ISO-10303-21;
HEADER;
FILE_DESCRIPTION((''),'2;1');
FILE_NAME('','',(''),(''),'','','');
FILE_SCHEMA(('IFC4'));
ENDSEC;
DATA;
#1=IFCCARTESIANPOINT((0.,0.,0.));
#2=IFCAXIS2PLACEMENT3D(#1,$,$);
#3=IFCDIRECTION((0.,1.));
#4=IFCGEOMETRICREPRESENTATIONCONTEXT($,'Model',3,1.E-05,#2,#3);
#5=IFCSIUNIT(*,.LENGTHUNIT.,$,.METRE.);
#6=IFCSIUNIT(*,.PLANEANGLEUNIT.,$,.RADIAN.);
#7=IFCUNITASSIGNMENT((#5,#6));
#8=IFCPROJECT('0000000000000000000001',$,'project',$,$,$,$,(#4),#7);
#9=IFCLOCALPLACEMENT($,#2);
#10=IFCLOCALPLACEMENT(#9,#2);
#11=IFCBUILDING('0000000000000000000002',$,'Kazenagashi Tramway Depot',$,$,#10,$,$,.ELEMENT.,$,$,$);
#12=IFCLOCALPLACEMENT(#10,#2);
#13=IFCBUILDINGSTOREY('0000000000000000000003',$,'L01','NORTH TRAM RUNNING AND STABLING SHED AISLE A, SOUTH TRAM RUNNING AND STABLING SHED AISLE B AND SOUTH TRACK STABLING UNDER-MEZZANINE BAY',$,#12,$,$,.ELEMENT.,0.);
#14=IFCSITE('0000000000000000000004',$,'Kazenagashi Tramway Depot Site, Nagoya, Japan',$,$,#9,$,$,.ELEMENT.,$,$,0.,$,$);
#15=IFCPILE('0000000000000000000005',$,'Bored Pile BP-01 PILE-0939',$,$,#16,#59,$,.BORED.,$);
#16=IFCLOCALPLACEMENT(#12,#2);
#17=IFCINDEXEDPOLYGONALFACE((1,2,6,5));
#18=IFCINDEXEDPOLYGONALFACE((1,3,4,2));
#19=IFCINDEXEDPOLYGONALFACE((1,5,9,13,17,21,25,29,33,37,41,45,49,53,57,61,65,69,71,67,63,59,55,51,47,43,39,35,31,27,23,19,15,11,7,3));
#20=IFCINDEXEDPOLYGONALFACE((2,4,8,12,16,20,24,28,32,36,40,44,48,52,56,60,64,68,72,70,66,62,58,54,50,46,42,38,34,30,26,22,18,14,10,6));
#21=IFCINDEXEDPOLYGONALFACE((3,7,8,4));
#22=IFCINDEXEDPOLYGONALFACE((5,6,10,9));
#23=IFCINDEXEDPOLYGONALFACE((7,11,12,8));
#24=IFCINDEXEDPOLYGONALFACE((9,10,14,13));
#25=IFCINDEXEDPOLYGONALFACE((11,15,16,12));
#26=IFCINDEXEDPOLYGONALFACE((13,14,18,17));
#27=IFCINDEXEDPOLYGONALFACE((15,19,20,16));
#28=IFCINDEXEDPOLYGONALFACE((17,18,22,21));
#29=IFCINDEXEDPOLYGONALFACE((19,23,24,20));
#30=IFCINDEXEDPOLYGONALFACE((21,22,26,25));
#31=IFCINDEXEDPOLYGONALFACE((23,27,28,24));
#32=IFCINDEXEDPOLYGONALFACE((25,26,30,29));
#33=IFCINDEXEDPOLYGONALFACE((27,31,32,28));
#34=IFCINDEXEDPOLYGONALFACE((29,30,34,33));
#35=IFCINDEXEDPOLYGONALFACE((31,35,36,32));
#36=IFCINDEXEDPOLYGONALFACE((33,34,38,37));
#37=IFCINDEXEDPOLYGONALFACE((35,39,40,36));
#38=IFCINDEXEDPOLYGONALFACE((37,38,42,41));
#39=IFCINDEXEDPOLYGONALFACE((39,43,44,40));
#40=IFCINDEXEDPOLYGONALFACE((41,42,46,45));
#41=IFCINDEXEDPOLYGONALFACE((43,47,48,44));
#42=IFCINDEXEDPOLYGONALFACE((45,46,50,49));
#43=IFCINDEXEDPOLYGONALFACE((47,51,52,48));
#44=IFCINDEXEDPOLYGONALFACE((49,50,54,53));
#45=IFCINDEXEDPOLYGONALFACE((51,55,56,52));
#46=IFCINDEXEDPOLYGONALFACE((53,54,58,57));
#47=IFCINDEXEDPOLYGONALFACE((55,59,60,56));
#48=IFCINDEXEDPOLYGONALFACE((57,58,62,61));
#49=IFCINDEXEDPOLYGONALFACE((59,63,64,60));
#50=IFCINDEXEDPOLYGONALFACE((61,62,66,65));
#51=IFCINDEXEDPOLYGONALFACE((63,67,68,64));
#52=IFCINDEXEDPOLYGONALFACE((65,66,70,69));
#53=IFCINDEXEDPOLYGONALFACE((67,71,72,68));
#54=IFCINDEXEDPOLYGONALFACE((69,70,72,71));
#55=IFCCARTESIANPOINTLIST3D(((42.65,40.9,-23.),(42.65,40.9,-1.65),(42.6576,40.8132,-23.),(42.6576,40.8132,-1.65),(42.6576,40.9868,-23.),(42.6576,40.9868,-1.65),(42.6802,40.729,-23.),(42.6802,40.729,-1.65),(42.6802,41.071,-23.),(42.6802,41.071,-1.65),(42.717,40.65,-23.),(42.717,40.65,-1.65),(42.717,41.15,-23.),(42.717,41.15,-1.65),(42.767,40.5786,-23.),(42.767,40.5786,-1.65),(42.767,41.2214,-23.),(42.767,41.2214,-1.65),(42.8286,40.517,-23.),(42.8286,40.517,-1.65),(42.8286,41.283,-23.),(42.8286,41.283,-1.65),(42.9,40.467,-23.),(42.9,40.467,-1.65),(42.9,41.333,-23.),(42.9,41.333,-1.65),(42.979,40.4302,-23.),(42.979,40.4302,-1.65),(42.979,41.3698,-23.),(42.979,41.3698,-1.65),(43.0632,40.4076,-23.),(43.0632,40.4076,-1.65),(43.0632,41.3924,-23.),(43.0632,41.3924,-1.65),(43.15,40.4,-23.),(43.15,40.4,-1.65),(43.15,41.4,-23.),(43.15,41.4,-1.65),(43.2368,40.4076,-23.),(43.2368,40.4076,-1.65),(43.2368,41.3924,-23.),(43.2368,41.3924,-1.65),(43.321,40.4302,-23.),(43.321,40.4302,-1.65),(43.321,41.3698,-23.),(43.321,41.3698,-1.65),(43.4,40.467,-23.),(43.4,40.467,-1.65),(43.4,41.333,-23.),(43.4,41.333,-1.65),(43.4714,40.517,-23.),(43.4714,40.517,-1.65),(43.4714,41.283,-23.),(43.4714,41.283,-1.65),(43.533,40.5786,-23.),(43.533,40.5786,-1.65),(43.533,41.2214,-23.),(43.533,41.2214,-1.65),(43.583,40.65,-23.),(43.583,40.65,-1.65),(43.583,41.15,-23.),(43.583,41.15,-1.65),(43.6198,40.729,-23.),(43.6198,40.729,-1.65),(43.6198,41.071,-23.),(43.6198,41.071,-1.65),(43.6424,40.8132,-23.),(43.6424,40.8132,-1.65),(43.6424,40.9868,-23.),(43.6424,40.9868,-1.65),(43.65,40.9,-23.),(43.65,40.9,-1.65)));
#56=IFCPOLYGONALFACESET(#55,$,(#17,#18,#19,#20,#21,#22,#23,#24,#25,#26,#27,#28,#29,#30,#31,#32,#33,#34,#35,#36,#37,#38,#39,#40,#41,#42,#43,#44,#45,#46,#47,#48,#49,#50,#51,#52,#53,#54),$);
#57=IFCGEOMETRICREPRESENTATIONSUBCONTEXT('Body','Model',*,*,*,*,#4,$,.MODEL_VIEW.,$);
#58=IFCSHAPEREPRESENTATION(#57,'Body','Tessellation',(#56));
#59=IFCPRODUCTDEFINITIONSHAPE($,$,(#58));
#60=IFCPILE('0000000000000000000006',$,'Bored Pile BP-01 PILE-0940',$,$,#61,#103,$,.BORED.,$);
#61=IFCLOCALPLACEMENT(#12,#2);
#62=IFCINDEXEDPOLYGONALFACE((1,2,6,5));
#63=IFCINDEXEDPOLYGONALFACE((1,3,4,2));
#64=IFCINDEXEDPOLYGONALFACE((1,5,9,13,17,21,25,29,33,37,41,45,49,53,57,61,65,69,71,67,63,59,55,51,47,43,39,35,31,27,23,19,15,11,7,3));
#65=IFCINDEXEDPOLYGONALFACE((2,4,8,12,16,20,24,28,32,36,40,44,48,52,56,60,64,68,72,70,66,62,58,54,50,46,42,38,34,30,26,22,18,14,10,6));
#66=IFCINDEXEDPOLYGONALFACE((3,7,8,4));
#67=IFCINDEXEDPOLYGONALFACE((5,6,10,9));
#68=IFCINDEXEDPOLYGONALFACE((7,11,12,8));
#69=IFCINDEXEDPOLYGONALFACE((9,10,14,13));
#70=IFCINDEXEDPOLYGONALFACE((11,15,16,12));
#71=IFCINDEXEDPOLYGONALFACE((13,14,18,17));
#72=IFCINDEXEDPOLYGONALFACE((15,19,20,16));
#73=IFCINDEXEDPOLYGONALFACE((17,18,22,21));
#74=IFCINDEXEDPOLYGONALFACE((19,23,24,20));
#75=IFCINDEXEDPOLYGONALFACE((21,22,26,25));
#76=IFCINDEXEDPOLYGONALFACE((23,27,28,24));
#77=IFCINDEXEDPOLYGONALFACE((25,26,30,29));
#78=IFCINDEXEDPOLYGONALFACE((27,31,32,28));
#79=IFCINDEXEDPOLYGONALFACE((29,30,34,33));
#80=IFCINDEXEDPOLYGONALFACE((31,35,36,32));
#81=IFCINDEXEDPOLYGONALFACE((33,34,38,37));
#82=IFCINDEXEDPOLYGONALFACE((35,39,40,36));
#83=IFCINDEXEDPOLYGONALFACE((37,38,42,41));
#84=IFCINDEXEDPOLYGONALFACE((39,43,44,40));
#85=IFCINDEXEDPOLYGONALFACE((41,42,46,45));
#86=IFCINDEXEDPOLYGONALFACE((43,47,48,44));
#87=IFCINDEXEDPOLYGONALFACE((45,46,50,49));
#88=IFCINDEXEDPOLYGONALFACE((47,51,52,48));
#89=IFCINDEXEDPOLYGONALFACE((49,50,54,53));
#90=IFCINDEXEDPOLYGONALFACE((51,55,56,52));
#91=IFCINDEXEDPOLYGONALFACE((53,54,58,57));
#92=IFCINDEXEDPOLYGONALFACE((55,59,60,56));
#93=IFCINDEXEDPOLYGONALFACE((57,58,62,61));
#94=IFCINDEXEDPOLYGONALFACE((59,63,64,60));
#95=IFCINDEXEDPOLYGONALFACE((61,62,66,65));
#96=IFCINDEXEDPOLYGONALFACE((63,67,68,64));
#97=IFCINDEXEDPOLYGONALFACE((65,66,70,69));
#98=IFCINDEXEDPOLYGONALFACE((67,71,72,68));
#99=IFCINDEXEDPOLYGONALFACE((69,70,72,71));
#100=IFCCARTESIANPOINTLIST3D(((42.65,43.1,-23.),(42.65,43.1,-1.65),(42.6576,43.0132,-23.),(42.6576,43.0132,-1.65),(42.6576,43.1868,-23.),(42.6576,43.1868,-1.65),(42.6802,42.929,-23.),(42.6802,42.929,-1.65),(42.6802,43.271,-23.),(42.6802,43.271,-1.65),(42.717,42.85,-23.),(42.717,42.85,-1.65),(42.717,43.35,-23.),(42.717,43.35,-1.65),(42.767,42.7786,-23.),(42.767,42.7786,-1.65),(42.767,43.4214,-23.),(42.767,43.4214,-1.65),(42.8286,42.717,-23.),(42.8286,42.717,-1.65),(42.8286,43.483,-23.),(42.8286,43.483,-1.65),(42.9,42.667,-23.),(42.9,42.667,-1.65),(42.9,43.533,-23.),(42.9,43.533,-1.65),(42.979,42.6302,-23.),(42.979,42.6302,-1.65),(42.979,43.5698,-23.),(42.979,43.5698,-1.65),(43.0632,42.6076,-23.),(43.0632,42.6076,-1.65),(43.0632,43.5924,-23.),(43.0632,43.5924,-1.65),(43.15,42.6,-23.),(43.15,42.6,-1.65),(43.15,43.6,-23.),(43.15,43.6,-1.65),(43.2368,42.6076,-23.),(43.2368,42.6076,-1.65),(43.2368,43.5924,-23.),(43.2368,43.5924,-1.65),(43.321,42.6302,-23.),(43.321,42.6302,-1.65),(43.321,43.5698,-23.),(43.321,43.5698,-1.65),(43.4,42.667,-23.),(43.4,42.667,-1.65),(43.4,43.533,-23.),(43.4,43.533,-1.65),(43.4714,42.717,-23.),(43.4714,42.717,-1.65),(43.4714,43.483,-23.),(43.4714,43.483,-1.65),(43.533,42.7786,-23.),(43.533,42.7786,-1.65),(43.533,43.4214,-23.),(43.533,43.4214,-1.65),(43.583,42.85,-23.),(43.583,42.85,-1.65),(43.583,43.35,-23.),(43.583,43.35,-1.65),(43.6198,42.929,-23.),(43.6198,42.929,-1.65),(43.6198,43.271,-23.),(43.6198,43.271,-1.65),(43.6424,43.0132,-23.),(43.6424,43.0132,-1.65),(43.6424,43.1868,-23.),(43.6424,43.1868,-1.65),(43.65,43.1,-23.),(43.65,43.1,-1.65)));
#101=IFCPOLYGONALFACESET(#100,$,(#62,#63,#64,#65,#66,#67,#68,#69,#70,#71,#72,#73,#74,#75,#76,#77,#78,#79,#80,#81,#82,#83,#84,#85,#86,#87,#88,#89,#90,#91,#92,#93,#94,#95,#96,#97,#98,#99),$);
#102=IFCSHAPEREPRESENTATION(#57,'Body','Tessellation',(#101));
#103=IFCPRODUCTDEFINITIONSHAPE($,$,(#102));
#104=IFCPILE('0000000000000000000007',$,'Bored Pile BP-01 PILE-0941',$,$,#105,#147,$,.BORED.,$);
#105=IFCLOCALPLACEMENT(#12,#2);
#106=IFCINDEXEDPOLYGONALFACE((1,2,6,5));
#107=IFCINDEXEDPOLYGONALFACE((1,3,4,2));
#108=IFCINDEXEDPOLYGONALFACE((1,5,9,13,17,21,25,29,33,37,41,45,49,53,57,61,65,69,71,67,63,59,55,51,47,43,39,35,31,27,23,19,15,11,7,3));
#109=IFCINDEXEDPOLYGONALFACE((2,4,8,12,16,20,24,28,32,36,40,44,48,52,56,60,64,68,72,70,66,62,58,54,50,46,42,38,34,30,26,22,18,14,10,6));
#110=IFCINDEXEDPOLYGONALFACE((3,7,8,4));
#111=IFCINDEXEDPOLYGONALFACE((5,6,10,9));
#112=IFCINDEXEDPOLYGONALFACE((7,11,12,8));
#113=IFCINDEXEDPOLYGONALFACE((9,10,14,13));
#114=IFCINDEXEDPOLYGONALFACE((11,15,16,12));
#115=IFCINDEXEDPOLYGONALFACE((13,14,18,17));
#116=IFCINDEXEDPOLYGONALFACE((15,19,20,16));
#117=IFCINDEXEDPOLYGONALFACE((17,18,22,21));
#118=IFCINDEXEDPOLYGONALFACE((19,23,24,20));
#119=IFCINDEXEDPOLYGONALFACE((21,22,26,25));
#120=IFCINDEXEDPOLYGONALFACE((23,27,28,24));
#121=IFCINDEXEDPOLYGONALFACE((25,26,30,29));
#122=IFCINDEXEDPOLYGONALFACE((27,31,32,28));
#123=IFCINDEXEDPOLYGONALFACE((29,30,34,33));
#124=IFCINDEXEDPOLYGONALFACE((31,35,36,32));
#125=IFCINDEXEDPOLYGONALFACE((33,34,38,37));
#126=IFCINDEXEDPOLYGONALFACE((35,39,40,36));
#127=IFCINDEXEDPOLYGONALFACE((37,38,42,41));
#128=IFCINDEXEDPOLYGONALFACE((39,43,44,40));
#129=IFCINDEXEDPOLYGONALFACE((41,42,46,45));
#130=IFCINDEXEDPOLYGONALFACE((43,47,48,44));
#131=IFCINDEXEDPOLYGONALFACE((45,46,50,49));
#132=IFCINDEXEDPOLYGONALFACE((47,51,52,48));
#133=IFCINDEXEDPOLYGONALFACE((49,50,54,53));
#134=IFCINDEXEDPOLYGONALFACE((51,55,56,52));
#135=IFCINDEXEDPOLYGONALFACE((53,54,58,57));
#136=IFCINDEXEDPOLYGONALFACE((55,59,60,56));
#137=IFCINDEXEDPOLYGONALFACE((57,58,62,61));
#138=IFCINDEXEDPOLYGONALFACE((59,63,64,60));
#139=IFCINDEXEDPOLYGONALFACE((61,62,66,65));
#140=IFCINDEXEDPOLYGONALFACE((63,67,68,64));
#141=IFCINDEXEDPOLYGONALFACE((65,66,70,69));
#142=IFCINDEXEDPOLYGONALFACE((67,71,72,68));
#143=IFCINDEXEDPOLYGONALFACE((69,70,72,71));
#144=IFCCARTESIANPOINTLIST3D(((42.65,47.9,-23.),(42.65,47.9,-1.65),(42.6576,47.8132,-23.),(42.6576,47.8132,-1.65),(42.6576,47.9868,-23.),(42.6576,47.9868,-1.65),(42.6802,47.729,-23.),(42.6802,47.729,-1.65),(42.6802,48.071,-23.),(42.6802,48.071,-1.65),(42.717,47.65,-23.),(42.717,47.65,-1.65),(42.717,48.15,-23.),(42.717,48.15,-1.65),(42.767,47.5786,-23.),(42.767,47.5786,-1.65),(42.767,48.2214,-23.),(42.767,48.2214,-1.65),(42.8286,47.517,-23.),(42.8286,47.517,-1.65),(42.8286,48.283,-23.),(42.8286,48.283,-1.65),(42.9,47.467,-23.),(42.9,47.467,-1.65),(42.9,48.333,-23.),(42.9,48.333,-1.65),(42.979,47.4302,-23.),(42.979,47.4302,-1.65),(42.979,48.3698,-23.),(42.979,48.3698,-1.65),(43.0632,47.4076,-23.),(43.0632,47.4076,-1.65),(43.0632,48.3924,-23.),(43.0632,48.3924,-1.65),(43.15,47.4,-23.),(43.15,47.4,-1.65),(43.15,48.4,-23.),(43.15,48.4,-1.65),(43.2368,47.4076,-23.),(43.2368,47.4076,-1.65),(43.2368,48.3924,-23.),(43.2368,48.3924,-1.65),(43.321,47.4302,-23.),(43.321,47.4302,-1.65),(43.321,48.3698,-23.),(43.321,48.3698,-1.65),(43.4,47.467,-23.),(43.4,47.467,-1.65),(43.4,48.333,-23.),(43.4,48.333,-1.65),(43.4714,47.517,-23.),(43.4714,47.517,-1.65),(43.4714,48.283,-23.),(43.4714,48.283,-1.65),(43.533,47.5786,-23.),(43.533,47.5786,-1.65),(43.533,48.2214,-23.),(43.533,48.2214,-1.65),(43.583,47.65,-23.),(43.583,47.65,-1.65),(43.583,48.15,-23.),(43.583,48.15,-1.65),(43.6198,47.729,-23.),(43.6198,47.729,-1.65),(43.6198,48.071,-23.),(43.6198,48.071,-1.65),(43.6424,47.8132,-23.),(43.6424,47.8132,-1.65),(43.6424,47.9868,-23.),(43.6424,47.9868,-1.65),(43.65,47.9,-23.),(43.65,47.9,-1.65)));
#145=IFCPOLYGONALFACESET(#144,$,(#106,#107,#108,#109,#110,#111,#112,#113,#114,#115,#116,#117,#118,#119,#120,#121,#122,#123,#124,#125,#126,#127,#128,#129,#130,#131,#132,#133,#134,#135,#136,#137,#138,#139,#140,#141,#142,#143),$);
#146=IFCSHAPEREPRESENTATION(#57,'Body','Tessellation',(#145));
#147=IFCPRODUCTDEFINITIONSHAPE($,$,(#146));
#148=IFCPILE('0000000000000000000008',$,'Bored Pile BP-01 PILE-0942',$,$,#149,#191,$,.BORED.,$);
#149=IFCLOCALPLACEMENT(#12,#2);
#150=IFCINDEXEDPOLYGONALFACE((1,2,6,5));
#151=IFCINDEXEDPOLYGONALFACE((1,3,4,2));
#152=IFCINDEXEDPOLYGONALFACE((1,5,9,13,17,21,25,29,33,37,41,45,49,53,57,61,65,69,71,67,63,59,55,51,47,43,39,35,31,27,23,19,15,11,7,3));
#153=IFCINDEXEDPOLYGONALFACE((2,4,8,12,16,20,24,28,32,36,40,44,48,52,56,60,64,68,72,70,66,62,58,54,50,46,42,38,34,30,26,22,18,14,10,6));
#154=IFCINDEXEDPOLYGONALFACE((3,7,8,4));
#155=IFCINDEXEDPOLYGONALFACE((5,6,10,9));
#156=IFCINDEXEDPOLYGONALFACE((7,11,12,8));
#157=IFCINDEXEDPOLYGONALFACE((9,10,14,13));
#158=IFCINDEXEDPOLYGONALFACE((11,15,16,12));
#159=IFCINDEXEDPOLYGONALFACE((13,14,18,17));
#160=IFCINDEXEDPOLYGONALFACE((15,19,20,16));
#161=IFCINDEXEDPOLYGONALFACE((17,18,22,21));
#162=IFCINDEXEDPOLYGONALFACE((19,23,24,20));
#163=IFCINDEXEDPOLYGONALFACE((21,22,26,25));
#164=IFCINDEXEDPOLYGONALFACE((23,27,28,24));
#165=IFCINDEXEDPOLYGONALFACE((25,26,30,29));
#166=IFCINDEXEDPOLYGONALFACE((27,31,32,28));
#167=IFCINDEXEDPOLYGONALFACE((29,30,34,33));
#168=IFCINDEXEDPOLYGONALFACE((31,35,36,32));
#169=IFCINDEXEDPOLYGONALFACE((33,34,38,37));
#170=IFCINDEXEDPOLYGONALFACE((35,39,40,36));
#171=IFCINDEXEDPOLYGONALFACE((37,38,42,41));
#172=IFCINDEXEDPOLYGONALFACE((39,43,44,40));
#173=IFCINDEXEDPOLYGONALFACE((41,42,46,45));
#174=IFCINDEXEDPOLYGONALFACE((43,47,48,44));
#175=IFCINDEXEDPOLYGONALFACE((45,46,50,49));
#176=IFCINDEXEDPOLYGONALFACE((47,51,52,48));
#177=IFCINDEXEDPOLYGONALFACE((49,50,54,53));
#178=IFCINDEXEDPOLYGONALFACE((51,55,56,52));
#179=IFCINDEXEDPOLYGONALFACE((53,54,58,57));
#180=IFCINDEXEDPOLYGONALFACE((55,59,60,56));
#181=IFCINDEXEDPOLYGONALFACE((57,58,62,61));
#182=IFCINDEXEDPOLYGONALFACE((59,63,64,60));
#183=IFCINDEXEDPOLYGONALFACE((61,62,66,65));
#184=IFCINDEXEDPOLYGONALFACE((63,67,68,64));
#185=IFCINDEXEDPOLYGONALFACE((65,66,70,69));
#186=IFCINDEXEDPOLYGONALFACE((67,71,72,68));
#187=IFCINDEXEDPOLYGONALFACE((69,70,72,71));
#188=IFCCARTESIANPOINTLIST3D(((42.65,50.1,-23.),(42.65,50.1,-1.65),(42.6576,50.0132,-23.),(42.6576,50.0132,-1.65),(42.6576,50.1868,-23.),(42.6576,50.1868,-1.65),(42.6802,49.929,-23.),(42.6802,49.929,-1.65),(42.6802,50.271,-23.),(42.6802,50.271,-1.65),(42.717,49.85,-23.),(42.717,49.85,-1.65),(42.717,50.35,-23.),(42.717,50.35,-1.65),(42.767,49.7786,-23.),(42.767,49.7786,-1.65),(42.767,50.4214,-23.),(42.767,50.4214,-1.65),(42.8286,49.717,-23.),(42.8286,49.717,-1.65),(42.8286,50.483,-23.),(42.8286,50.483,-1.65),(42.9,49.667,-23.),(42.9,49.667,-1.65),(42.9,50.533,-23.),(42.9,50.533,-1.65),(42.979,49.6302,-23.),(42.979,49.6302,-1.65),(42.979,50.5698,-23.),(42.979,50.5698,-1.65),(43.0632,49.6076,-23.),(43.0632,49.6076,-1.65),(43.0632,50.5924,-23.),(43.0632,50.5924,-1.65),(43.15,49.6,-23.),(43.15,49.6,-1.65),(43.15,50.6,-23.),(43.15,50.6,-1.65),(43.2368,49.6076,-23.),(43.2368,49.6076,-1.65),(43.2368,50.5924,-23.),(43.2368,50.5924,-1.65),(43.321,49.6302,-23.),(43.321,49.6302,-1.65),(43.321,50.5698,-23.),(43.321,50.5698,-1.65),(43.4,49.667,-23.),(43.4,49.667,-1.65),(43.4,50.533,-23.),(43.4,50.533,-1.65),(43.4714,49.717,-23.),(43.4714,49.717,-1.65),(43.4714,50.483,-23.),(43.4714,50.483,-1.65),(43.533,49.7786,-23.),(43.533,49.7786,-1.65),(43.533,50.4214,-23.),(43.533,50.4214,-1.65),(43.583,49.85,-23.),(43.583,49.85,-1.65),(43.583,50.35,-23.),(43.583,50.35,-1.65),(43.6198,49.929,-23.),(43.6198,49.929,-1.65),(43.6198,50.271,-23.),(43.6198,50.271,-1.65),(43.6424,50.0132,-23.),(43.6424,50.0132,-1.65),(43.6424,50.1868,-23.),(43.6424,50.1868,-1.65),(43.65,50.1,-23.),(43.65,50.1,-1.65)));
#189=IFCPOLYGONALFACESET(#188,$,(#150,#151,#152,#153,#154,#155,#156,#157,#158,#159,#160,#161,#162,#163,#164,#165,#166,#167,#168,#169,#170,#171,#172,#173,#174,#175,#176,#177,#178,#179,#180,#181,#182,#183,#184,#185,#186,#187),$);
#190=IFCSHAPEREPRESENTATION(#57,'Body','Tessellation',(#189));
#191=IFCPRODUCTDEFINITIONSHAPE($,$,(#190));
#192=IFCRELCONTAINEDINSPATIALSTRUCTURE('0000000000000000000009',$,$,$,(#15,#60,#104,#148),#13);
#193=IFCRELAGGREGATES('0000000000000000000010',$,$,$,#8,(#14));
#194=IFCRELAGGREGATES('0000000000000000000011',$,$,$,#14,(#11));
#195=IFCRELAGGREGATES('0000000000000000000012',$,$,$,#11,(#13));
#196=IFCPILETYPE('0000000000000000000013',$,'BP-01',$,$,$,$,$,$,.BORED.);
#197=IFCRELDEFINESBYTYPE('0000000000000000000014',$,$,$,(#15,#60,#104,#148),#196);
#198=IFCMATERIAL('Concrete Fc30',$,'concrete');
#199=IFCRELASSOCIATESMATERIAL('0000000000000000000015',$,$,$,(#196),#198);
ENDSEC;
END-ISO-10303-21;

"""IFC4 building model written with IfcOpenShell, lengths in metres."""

from ifc_helpers import new_model, si_unit, direction, frame, origin, origin_2d, place, context, subcontext, project, spatial, circle, extrude, material, material_profile, profile_set, type_object, element, save


model = new_model("IFC4")

# Units and contexts
model_context = context("Model", 3, precision=1e-05, world=origin(), true_north=direction((0.0, 1.0)))
body_context = subcontext(model_context, "Body", "Model", "MODEL_VIEW")
ifc_project = project(units=[si_unit("LENGTHUNIT", "METRE"), si_unit("PLANEANGLEUNIT", "RADIAN")], contexts=[model_context])

# Site, building, storey
site_placement = place(None, origin())
site = spatial("IfcSite", under=ifc_project, at=site_placement, Name="Kazenagashi Tramway Depot Site, Nagoya, Japan", CompositionType="ELEMENT", RefElevation=0.0)
building_placement = place(site_placement, origin())
building = spatial("IfcBuilding", under=site, at=building_placement, Name="Kazenagashi Tramway Depot", CompositionType="ELEMENT")
storey_placement = place(building_placement, origin())
storey = spatial("IfcBuildingStorey", under=building, at=storey_placement, Name="L01", Description="NORTH TRAM RUNNING AND STABLING SHED AISLE A, SOUTH TRAM RUNNING AND STABLING SHED AISLE B AND SOUTH TRACK STABLING UNDER-MEZZANINE BAY", CompositionType="ELEMENT", Elevation=0.0)

# Piles
ifc_material_1 = material(Name="Concrete Fc30", Category="concrete")
ifc_material_profile_1 = material_profile(ifc_material_1, circle(Radius=0.5, at=origin_2d()), Name="PILE-1000")
ifc_profile_set_1 = profile_set([ifc_material_profile_1], Name="Concrete Fc30")
pile_type_1 = type_object("IfcPileType", Name="BP-01", PredefinedType="BORED", material=ifc_profile_set_1)
for number, where, z_axis, x_axis, name in (
    (1, (43.15, 40.9, -1.65), (0.0, 0.0, -1.0), (1.0, 0.0, 0.0), "Bored Pile BP-01 PILE-0939"),
    (2, (43.15, 43.1, -1.65), (0.0, 0.0, -1.0), (1.0, 0.0, 0.0), "Bored Pile BP-01 PILE-0940"),
    (3, (43.15, 47.9, -1.65), (0.0, 0.0, -1.0), (1.0, 0.0, 0.0), "Bored Pile BP-01 PILE-0941"),
    (4, (43.15, 50.1, -1.65), (0.0, 0.0, -1.0), (1.0, 0.0, 0.0), "Bored Pile BP-01 PILE-0942"),
):
    element("IfcPile", number, at=place(storey_placement, frame(where, z_axis=z_axis, x_axis=x_axis)), inside=storey, type_object=pile_type_1, Name=name, PredefinedType="BORED", context=body_context, shape_type="SweptSolid", body=[
        extrude(circle(Radius=0.5, at=origin_2d()), origin(), (0.0, 0.0, 1.0), 21.35),
    ])

save(model, "model.ifc")
